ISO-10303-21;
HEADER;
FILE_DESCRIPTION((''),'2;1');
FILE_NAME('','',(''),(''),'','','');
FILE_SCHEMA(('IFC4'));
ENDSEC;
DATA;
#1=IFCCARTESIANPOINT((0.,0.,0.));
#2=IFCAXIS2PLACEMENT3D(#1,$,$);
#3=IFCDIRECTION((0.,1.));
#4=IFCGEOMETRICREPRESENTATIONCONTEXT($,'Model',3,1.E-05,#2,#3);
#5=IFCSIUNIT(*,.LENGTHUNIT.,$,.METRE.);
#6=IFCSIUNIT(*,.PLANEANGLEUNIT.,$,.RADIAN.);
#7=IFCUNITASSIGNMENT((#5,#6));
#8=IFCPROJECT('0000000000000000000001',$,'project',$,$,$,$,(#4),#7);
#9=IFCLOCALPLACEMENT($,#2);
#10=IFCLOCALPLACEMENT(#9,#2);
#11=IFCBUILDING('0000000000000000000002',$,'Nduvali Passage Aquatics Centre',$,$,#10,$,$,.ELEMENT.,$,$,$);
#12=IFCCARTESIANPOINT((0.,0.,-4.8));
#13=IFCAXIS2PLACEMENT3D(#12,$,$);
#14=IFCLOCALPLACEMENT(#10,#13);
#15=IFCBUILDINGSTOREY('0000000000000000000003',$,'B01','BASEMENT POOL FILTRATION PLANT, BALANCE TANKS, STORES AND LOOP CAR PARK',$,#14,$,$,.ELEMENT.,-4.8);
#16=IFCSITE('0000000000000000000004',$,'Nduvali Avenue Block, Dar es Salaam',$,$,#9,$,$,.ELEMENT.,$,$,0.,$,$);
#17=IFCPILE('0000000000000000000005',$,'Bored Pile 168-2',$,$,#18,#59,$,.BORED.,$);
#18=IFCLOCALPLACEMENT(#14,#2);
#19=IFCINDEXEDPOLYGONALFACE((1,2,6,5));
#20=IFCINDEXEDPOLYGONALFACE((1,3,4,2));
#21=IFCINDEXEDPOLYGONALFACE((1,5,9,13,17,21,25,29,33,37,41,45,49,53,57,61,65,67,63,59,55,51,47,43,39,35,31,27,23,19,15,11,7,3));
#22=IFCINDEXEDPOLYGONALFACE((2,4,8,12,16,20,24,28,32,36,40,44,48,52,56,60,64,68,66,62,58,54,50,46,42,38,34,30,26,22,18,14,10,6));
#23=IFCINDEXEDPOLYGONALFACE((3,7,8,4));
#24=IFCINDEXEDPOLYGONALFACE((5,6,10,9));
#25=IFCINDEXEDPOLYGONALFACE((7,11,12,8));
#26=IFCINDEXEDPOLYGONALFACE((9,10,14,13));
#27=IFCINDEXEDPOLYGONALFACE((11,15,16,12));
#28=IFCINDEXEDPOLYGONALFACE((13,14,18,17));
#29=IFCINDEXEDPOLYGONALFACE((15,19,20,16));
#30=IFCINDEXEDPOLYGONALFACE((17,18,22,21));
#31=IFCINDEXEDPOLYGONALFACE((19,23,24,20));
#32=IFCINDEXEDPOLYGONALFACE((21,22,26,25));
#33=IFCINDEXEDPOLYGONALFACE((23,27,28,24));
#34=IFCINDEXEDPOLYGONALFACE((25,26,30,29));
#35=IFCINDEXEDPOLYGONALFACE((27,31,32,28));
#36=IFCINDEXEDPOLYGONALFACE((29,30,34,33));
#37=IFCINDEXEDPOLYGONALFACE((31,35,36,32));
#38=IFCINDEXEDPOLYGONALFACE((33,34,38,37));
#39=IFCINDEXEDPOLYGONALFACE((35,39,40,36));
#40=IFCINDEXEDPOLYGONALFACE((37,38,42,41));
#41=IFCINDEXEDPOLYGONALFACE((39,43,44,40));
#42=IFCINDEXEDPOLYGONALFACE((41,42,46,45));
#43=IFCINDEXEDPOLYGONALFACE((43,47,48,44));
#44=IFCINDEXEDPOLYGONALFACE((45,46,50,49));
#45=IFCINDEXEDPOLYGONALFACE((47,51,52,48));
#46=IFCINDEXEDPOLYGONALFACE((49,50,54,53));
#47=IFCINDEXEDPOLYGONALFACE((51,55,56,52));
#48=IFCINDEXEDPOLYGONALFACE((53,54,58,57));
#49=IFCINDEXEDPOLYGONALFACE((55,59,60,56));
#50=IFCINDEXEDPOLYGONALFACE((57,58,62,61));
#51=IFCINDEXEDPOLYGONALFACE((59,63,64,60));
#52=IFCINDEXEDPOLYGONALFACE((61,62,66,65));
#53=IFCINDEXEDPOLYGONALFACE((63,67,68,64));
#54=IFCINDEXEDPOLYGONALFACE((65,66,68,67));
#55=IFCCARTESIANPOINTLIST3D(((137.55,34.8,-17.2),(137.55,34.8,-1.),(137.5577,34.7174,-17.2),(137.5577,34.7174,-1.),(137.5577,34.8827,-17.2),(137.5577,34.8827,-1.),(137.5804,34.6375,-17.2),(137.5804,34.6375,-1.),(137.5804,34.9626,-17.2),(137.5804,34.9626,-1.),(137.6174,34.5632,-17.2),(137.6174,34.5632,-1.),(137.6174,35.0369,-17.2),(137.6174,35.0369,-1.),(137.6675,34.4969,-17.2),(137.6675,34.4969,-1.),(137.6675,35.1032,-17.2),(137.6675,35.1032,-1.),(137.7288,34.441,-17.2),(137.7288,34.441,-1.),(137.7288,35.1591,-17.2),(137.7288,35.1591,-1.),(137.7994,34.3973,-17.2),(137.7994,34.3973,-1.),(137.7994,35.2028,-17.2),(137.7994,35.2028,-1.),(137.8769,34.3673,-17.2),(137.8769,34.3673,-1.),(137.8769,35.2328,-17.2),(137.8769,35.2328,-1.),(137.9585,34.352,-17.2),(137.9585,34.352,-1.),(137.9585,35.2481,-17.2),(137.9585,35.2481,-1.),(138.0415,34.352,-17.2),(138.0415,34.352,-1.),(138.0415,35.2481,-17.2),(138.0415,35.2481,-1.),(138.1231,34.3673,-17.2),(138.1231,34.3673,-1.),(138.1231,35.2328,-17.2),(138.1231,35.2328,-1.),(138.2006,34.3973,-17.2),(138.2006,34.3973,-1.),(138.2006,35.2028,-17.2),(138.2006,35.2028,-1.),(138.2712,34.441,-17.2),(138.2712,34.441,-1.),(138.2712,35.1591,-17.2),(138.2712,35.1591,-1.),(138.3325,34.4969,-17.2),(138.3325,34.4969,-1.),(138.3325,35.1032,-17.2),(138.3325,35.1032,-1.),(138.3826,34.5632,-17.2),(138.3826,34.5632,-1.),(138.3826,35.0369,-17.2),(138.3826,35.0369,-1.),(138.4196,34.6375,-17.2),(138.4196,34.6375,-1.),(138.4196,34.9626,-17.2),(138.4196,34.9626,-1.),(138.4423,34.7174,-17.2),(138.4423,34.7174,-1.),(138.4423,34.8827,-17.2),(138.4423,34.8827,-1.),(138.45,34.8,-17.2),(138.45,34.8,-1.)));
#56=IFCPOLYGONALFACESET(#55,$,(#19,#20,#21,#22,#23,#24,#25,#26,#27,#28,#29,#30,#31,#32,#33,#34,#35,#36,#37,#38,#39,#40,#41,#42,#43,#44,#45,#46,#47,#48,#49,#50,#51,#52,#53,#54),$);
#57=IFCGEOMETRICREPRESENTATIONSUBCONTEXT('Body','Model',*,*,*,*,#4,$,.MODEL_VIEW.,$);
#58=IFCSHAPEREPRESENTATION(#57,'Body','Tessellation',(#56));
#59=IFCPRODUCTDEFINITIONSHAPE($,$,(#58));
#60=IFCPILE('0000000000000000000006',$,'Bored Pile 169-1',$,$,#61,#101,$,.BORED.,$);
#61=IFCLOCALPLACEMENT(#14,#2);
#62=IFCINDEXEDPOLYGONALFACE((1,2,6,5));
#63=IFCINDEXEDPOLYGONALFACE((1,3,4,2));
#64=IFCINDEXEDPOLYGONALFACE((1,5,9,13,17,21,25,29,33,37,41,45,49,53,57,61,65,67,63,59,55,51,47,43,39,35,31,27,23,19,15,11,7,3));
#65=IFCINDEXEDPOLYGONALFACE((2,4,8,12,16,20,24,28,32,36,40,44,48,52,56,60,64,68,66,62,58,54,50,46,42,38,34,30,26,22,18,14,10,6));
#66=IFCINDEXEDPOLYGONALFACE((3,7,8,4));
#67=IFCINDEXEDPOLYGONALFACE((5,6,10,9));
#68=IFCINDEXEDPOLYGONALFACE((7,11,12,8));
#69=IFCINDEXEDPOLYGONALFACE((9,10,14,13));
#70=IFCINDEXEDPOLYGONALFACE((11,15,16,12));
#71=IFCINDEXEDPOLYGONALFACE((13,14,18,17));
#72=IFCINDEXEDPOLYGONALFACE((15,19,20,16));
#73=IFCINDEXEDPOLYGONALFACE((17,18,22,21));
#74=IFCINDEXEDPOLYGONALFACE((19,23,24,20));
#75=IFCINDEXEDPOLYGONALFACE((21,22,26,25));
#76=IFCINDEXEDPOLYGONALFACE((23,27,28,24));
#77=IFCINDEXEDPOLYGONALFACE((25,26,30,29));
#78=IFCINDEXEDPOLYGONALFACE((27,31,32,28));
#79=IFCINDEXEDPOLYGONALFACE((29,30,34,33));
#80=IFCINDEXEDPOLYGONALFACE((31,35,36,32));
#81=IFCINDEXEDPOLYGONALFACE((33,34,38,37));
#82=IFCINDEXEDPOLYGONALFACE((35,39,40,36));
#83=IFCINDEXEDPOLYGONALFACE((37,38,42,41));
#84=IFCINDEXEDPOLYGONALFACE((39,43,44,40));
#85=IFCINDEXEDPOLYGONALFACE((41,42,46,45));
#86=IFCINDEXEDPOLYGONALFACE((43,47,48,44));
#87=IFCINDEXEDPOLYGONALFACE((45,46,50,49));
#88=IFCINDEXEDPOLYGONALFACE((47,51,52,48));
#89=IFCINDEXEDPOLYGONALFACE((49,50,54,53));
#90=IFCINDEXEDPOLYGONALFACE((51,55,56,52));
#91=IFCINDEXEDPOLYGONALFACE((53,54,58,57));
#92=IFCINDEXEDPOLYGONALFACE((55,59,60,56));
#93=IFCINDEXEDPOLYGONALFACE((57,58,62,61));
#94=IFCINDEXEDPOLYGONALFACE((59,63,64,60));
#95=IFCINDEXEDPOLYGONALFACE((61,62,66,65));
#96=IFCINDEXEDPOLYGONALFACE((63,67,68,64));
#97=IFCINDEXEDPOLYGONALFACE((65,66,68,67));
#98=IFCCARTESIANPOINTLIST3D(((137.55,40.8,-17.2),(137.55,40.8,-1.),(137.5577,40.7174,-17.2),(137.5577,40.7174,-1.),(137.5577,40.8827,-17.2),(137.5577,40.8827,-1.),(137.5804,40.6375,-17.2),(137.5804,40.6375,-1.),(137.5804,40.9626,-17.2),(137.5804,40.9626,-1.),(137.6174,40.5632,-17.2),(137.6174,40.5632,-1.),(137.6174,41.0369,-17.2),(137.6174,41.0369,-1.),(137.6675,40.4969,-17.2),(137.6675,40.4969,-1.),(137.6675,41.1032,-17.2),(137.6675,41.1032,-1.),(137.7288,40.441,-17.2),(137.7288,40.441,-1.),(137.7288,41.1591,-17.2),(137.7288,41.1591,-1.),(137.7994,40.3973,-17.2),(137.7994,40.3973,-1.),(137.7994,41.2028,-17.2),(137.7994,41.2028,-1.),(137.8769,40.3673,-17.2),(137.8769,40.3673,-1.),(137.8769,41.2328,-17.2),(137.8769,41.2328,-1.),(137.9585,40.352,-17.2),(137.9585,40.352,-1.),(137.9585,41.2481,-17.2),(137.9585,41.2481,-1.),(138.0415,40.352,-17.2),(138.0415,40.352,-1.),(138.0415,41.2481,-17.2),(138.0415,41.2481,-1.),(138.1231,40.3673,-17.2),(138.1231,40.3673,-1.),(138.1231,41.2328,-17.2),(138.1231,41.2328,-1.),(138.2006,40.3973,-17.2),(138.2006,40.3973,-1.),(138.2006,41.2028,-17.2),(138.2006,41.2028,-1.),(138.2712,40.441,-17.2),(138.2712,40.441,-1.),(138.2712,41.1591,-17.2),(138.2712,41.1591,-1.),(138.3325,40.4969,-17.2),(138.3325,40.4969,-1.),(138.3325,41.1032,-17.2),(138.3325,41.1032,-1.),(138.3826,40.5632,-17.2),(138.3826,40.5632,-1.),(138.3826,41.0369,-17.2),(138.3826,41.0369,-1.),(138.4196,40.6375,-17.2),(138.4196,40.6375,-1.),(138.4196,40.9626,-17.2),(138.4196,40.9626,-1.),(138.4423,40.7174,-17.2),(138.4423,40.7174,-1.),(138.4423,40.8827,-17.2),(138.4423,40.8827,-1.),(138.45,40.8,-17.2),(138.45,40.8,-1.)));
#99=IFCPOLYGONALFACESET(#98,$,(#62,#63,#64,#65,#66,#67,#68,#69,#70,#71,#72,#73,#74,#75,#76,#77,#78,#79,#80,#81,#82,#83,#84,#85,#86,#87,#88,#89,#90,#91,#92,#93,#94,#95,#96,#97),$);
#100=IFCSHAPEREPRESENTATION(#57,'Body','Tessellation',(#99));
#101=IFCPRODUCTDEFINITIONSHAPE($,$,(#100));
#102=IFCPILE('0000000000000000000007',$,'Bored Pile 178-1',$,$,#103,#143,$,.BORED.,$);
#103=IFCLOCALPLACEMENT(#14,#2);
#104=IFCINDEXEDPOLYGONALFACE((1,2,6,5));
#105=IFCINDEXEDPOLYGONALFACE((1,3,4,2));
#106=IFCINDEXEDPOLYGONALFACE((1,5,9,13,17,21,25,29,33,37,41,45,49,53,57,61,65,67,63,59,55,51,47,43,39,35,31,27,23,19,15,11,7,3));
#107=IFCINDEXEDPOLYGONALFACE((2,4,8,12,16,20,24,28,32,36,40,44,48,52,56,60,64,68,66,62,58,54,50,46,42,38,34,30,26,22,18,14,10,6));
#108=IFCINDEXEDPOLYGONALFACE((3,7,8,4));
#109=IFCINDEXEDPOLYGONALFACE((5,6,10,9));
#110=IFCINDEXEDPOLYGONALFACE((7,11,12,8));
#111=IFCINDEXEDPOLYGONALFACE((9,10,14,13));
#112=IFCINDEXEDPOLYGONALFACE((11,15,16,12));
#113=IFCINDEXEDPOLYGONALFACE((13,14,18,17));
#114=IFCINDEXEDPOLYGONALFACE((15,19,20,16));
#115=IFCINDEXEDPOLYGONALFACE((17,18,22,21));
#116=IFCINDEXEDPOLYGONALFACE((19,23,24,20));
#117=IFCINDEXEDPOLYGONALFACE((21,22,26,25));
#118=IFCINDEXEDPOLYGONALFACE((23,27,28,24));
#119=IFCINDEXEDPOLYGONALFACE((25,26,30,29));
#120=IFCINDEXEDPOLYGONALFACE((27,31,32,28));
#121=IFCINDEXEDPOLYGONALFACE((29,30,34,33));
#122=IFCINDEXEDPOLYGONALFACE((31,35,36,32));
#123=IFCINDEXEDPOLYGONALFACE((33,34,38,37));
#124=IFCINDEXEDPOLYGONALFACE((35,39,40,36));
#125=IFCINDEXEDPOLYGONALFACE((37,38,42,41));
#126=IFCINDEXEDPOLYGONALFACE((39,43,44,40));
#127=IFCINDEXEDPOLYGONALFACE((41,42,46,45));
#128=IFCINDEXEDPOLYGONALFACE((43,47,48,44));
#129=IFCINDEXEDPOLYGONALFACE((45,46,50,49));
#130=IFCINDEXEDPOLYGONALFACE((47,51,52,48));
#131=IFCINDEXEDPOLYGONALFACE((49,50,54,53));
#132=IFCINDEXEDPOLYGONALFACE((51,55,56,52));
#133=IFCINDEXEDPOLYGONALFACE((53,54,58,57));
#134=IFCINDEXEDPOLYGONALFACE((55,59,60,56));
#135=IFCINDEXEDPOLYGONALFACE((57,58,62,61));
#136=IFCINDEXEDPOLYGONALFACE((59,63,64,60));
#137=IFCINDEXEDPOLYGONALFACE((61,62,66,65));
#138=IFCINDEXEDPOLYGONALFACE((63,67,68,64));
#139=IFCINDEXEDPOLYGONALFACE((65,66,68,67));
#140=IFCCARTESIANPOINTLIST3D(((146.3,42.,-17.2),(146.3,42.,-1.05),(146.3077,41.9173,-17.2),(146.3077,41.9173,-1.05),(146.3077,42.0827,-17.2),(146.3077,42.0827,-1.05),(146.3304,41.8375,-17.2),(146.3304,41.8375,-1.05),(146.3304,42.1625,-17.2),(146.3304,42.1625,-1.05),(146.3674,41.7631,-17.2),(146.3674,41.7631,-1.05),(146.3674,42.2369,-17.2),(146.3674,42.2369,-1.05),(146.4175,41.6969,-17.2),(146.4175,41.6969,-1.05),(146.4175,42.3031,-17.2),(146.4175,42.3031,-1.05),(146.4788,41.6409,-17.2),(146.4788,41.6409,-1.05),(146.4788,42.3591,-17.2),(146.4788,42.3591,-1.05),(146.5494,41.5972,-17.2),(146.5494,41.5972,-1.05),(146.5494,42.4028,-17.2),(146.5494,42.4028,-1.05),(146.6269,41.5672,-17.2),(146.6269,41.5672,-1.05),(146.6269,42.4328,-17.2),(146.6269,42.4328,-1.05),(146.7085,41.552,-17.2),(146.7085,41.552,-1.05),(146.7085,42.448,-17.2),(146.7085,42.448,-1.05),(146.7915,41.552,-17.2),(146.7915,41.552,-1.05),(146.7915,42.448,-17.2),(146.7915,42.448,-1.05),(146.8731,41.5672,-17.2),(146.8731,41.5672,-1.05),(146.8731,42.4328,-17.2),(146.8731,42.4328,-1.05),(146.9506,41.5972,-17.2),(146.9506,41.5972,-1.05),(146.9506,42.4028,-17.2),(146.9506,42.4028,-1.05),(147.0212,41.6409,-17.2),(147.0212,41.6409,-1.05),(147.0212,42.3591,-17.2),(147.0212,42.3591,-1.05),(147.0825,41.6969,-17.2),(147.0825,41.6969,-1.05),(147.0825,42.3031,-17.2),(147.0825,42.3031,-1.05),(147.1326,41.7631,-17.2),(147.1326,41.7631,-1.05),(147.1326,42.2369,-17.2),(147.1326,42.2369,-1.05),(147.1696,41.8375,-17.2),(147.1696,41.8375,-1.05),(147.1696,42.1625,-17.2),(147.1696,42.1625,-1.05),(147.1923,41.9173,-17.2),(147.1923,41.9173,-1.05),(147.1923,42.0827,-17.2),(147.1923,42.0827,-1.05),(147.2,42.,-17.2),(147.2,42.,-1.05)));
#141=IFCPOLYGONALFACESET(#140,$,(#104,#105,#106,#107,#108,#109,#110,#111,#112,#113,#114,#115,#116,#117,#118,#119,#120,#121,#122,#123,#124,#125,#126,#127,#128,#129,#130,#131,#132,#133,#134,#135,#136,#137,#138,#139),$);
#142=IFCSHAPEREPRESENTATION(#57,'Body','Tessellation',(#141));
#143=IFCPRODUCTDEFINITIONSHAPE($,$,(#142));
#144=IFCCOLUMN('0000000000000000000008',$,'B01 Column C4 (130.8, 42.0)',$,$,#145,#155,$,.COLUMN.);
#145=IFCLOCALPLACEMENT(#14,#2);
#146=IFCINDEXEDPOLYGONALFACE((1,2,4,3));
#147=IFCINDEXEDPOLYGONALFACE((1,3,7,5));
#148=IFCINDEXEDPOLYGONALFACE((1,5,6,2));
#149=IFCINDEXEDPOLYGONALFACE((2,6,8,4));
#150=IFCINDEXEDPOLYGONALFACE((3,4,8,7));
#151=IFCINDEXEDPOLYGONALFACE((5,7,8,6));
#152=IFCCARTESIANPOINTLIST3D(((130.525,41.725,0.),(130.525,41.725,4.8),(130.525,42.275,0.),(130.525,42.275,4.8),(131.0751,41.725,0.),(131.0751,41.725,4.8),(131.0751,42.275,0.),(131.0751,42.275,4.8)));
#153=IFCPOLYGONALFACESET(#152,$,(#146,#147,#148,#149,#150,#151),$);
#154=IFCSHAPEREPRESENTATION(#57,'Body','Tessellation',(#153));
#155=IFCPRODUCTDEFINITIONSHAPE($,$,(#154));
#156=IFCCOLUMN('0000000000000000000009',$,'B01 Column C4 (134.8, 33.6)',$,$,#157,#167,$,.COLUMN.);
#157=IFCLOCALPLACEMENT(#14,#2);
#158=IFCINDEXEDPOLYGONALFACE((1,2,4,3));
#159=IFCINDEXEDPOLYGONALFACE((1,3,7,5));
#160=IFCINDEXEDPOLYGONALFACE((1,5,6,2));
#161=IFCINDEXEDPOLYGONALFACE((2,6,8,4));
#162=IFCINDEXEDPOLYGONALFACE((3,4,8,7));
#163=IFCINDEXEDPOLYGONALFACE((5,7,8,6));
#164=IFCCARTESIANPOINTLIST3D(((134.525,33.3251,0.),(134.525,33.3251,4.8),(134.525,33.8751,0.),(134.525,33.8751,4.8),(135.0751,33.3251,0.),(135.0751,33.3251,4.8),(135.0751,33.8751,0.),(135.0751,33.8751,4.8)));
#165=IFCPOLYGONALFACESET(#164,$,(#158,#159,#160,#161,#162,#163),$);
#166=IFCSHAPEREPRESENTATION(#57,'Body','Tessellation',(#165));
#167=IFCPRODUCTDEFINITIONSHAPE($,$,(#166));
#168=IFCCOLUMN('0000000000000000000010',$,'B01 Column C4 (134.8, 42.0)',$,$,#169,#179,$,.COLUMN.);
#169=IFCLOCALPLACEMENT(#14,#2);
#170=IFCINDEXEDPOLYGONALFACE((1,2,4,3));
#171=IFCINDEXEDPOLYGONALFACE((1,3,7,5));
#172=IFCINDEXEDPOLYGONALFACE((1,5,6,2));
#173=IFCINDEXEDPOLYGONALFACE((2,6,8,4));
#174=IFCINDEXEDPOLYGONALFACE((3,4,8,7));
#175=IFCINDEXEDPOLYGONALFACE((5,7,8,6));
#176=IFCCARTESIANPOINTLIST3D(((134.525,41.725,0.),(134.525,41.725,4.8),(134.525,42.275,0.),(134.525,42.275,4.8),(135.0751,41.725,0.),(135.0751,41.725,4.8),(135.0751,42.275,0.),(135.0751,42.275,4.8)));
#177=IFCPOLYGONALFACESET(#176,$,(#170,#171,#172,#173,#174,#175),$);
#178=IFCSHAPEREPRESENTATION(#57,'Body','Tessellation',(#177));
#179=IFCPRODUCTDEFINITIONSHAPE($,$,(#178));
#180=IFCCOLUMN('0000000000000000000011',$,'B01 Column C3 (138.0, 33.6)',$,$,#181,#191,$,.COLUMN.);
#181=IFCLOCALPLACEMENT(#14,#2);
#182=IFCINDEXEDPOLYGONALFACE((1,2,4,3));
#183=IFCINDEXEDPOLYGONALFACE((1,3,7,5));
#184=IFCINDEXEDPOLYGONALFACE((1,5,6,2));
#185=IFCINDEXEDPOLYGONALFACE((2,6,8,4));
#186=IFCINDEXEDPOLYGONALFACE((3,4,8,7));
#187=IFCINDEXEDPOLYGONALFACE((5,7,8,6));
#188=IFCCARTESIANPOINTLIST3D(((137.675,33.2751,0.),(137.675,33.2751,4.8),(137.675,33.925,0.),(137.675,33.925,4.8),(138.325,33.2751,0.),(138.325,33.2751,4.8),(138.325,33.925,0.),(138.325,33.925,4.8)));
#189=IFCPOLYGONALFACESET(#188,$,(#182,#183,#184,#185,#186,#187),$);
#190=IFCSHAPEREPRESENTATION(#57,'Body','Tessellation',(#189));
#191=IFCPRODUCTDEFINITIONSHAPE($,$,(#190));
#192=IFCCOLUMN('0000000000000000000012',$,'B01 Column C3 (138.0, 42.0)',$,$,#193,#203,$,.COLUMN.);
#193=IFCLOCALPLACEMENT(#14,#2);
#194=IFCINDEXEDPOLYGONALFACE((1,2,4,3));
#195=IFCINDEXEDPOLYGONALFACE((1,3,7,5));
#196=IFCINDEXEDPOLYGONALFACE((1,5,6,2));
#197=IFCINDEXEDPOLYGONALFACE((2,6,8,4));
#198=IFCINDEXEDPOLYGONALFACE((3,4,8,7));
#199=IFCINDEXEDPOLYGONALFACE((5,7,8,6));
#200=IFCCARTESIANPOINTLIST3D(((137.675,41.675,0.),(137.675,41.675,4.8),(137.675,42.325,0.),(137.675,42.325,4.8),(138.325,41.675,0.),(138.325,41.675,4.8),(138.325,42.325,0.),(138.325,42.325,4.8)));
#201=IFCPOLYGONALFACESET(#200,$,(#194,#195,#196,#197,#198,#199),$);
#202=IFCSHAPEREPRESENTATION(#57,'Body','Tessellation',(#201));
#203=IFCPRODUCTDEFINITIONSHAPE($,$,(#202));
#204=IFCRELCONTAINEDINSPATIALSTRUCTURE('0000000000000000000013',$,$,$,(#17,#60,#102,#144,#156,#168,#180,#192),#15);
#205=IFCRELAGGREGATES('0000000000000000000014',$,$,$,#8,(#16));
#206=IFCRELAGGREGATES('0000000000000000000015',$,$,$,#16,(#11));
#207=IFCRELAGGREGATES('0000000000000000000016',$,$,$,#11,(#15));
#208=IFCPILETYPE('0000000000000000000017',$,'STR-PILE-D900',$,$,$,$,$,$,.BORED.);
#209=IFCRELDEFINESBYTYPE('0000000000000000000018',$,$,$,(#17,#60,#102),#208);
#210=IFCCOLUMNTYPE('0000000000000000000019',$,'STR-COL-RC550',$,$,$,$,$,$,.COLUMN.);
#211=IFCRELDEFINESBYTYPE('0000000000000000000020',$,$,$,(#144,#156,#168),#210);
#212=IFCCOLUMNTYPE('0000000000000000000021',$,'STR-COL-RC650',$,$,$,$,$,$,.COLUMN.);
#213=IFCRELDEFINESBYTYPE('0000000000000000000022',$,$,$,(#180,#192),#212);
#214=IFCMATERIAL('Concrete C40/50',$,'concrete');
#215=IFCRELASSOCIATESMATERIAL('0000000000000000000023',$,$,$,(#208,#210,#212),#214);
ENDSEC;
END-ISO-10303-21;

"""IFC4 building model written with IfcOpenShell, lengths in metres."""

from ifc_helpers import new_model, si_unit, direction, frame, origin, origin_2d, place, context, subcontext, project, spatial, rectangle, circle, extrude, material, material_profile, profile_set, type_object, element, save


model = new_model("IFC4")

# Units and contexts
model_context = context("Model", 3, precision=1e-05, world=origin(), true_north=direction((0.0, 1.0)))
body_context = subcontext(model_context, "Body", "Model", "MODEL_VIEW")
ifc_project = project(units=[si_unit("LENGTHUNIT", "METRE"), si_unit("PLANEANGLEUNIT", "RADIAN")], contexts=[model_context])

# Site, building, storey
site_placement = place(None, origin())
site = spatial("IfcSite", under=ifc_project, at=site_placement, Name="Nduvali Avenue Block, Dar es Salaam", CompositionType="ELEMENT", RefElevation=0.0)
building_placement = place(site_placement, origin())
building = spatial("IfcBuilding", under=site, at=building_placement, Name="Nduvali Passage Aquatics Centre", CompositionType="ELEMENT")
storey_placement = place(building_placement, frame((0.0, 0.0, -4.8)))
storey = spatial("IfcBuildingStorey", under=building, at=storey_placement, Name="B01", Description="BASEMENT POOL FILTRATION PLANT, BALANCE TANKS, STORES AND LOOP CAR PARK", CompositionType="ELEMENT", Elevation=-4.8)

# Shared definitions
ifc_material = material(Name="Concrete C40/50", Category="concrete")

# Piles
ifc_material_profile_1 = material_profile(ifc_material, circle(Radius=0.45, at=origin_2d()), Name="PILE D900")
ifc_profile_set_1 = profile_set([ifc_material_profile_1], Name="Concrete C40/50")
pile_type = type_object("IfcPileType", Name="STR-PILE-D900", PredefinedType="BORED", material=ifc_profile_set_1)
for number, where, z_axis, x_axis, name in (
    (1, (138.0, 34.8, -1.0), (0.0, 0.0, -1.0), (1.0, 0.0, 0.0), "Bored Pile 168-2"),
    (2, (138.0, 40.8, -1.0), (0.0, 0.0, -1.0), (1.0, 0.0, 0.0), "Bored Pile 169-1"),
):
    element("IfcPile", number, at=place(storey_placement, frame(where, z_axis=z_axis, x_axis=x_axis)), inside=storey, type_object=pile_type, Name=name, PredefinedType="BORED", context=body_context, shape_type="SweptSolid", body=[
        extrude(circle(Radius=0.45, at=origin_2d()), origin(), (0.0, 0.0, 1.0), 16.2),
    ])
pile_placement = place(storey_placement, frame((146.75, 42.0, -1.05), z_axis=(0.0, 0.0, -1.0), x_axis=(1.0, 0.0, 0.0)))
element("IfcPile", 3, at=pile_placement, inside=storey, type_object=pile_type, Name="Bored Pile 178-1", PredefinedType="BORED", context=body_context, shape_type="SweptSolid", body=[
    extrude(circle(Radius=0.45, at=origin_2d()), origin(), (0.0, 0.0, 1.0), 16.1499),
])

# Columns
ifc_material_profile_2 = material_profile(ifc_material, rectangle(XDim=0.55, YDim=0.55, at=origin_2d()), Name="RC 550x550")
ifc_profile_set_2 = profile_set([ifc_material_profile_2], Name="Concrete C40/50")
column_type_1 = type_object("IfcColumnType", Name="STR-COL-RC550", PredefinedType="COLUMN", material=ifc_profile_set_2)
for number, where, z_axis, x_axis, name in (
    (4, (130.8, 42.0, 0.0), (0.0, 0.0, 1.0), (1.0, 0.0, 0.0), "B01 Column C4 (130.8, 42.0)"),
    (5, (134.8, 33.6001, 0.0), (0.0, 0.0, 1.0), (1.0, 0.0, 0.0), "B01 Column C4 (134.8, 33.6)"),
    (6, (134.8, 42.0, 0.0), (0.0, 0.0, 1.0), (1.0, 0.0, 0.0), "B01 Column C4 (134.8, 42.0)"),
):
    element("IfcColumn", number, at=place(storey_placement, frame(where, z_axis=z_axis, x_axis=x_axis)), inside=storey, type_object=column_type_1, Name=name, PredefinedType="COLUMN", context=body_context, shape_type="SweptSolid", body=[
        extrude(rectangle(XDim=0.55, YDim=0.55, at=origin_2d()), origin(), (0.0, 0.0, 1.0), 4.8),
    ])
ifc_material_profile_3 = material_profile(ifc_material, rectangle(XDim=0.6499, YDim=0.6499, at=origin_2d()), Name="RC 650x650")
ifc_profile_set_3 = profile_set([ifc_material_profile_3], Name="Concrete C40/50")
column_type_2 = type_object("IfcColumnType", Name="STR-COL-RC650", PredefinedType="COLUMN", material=ifc_profile_set_3)
for number, where, z_axis, x_axis, name in (
    (7, (138.0, 33.6001, 0.0), (0.0, 0.0, 1.0), (1.0, 0.0, 0.0), "B01 Column C3 (138.0, 33.6)"),
    (8, (138.0, 42.0, 0.0), (0.0, 0.0, 1.0), (1.0, 0.0, 0.0), "B01 Column C3 (138.0, 42.0)"),
):
    element("IfcColumn", number, at=place(storey_placement, frame(where, z_axis=z_axis, x_axis=x_axis)), inside=storey, type_object=column_type_2, Name=name, PredefinedType="COLUMN", context=body_context, shape_type="SweptSolid", body=[
        extrude(rectangle(XDim=0.6499, YDim=0.6499, at=origin_2d()), origin(), (0.0, 0.0, 1.0), 4.8),
    ])

save(model, "model.ifc")
